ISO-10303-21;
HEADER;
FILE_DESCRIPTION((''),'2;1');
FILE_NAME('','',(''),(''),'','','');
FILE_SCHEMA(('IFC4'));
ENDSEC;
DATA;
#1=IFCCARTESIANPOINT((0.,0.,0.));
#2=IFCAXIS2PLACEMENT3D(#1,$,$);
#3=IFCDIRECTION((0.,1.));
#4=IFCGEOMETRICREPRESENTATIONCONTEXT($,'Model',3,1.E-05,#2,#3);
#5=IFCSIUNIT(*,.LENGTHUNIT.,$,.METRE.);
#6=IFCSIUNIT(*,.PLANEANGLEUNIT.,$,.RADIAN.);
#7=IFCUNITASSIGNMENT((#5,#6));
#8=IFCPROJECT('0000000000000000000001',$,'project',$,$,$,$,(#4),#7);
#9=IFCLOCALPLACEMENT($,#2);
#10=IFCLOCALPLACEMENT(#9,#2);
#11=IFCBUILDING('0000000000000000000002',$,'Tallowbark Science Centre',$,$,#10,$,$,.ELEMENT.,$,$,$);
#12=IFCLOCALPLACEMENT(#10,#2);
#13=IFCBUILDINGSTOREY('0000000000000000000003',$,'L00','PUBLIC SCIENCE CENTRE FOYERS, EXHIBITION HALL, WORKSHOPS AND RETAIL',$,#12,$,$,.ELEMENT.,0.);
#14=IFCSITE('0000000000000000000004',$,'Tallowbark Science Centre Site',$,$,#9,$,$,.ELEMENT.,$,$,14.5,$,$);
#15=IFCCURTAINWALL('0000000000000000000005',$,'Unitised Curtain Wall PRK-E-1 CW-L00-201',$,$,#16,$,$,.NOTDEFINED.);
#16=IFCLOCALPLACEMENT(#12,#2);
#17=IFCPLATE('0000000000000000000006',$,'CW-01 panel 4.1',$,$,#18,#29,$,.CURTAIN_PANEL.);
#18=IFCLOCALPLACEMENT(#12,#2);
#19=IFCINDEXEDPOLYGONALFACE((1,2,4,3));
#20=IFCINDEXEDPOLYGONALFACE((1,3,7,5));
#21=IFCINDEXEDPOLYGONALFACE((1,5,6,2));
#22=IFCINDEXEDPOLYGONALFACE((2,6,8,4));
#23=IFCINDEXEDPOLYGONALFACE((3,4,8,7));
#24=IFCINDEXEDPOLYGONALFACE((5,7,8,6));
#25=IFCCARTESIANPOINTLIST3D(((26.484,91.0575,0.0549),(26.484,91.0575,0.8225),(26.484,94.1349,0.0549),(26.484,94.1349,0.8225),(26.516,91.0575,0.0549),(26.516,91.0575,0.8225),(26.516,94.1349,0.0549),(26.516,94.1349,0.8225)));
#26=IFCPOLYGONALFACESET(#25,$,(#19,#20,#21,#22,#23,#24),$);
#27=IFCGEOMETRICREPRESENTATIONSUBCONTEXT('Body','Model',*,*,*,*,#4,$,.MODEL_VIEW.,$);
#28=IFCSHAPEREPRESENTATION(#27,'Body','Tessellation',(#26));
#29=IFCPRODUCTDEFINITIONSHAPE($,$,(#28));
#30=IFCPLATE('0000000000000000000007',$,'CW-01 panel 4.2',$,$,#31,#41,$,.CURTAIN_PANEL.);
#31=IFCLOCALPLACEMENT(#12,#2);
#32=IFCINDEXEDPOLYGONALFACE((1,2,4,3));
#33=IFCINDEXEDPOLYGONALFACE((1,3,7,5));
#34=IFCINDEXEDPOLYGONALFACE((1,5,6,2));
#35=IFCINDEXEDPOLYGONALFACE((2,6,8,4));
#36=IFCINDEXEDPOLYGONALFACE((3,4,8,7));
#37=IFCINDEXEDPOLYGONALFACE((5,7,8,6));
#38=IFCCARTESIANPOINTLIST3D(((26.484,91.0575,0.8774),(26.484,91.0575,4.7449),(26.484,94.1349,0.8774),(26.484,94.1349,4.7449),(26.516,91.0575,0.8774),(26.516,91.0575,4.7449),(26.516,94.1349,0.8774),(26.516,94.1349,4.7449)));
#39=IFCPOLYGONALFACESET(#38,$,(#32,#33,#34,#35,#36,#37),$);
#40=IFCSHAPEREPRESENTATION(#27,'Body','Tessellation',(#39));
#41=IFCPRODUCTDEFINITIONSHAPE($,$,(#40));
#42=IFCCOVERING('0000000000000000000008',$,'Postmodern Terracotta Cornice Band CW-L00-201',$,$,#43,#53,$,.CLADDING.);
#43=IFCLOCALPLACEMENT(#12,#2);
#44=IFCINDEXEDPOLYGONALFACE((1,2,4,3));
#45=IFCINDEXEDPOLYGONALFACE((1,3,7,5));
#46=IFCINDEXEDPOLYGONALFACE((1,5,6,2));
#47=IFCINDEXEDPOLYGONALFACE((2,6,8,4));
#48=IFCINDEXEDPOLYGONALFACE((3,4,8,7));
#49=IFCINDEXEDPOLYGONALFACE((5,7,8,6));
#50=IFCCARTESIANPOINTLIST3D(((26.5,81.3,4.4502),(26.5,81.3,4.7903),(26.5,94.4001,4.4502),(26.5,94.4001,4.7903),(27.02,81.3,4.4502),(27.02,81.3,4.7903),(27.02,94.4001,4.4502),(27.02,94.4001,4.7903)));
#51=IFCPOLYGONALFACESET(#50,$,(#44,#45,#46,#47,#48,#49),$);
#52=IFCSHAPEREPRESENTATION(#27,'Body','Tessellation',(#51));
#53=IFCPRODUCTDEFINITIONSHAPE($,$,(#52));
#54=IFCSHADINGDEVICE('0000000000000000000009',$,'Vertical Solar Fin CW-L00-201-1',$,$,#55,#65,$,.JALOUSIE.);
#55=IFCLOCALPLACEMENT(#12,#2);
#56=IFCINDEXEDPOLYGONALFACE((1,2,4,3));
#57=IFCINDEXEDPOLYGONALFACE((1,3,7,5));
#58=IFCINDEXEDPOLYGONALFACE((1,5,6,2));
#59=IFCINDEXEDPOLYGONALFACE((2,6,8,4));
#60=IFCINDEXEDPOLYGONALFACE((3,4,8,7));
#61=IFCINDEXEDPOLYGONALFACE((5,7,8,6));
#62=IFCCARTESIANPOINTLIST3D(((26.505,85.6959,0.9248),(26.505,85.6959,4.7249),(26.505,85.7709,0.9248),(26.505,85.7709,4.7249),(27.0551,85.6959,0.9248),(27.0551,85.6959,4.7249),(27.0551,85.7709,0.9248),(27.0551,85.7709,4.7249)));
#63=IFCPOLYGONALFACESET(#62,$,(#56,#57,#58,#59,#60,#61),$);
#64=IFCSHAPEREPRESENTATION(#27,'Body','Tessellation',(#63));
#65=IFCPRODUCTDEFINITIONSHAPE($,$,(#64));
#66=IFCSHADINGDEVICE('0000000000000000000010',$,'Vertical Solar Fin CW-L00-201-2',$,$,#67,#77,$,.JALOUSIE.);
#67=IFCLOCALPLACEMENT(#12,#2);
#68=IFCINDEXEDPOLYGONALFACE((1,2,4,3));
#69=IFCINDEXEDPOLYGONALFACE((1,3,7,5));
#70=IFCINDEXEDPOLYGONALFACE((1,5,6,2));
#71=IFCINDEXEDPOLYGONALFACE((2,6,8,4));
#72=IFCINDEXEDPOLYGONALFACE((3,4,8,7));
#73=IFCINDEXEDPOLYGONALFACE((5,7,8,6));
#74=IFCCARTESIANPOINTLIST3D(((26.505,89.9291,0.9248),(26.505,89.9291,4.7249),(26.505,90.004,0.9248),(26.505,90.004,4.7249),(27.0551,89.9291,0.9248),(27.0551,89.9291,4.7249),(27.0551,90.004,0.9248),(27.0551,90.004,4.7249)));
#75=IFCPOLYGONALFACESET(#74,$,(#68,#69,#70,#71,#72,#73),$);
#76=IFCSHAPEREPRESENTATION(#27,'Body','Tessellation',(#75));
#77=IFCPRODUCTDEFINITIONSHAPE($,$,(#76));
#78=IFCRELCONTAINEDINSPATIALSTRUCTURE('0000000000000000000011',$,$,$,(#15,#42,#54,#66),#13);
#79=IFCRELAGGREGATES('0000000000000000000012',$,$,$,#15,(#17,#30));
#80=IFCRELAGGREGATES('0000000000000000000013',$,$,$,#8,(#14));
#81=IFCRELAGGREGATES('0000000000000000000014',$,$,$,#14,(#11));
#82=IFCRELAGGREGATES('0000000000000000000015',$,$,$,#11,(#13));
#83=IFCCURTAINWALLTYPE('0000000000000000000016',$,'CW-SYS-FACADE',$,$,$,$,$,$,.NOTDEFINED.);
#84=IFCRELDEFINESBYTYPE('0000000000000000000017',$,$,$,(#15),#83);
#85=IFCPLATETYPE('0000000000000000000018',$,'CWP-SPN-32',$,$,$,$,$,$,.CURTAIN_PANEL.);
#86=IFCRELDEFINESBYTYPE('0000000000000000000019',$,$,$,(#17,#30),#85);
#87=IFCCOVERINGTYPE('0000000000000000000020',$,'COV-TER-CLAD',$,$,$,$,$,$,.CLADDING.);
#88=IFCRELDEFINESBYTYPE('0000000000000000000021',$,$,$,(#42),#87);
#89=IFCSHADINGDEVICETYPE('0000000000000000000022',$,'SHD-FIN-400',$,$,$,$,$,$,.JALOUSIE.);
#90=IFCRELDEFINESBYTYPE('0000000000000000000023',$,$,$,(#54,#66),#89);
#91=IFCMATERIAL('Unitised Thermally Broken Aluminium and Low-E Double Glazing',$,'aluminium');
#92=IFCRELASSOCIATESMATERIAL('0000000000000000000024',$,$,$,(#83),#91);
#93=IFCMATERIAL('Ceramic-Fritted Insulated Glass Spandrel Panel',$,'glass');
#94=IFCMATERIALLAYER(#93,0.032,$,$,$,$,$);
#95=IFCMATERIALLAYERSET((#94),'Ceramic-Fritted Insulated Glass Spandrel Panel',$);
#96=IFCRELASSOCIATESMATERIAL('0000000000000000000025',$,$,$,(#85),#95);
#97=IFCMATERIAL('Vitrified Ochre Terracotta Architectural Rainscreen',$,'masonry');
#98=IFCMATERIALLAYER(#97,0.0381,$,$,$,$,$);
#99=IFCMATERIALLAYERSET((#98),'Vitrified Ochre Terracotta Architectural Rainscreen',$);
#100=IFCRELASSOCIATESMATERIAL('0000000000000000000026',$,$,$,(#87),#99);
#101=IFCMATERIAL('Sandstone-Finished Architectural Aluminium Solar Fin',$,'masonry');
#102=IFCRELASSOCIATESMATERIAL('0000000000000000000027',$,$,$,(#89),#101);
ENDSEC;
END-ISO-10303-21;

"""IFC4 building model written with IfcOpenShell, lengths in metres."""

from ifc_helpers import new_model, si_unit, direction, frame, origin, origin_2d, place, context, subcontext, project, spatial, rectangle, extrude, material, layer, layer_set, type_object, element, aggregate, save


model = new_model("IFC4")

# Units and contexts
model_context = context("Model", 3, precision=1e-05, world=origin(), true_north=direction((0.0, 1.0)))
body_context = subcontext(model_context, "Body", "Model", "MODEL_VIEW")
ifc_project = project(units=[si_unit("LENGTHUNIT", "METRE"), si_unit("PLANEANGLEUNIT", "RADIAN")], contexts=[model_context])

# Site, building, storey
site_placement = place(None, origin())
site = spatial("IfcSite", under=ifc_project, at=site_placement, Name="Tallowbark Science Centre Site", CompositionType="ELEMENT", RefElevation=14.5)
building_placement = place(site_placement, origin())
building = spatial("IfcBuilding", under=site, at=building_placement, Name="Tallowbark Science Centre", CompositionType="ELEMENT")
storey_placement = place(building_placement, origin())
storey = spatial("IfcBuildingStorey", under=building, at=storey_placement, Name="L00", Description="PUBLIC SCIENCE CENTRE FOYERS, EXHIBITION HALL, WORKSHOPS AND RETAIL", CompositionType="ELEMENT", Elevation=0.0)

# Curtain wall, plates
ifc_material_1 = material(Name="Unitised Thermally Broken Aluminium and Low-E Double Glazing", Category="aluminium")
curtain_wall_type = type_object("IfcCurtainWallType", Name="CW-SYS-FACADE", PredefinedType="NOTDEFINED", material=ifc_material_1)
curtain_wall_placement = place(storey_placement, origin())
curtain_wall = element("IfcCurtainWall", 1, at=curtain_wall_placement, inside=storey, type_object=curtain_wall_type, Name="Unitised Curtain Wall PRK-E-1 CW-L00-201", PredefinedType="NOTDEFINED")
ifc_material_2 = material(Name="Ceramic-Fritted Insulated Glass Spandrel Panel", Category="glass")
ifc_layer_1 = layer(ifc_material_2, 0.032)
ifc_layer_set_1 = layer_set([ifc_layer_1], Name="Ceramic-Fritted Insulated Glass Spandrel Panel")
plate_type = type_object("IfcPlateType", Name="CWP-SPN-32", PredefinedType="CURTAIN_PANEL", material=ifc_layer_set_1)
plate_1_placement = place(storey_placement, frame((26.5, 92.5962, 0.0549), z_axis=(0.0, 0.0, 1.0), x_axis=(0.0, 1.0, 0.0)))
plate_1 = element("IfcPlate", 2, at=plate_1_placement, type_object=plate_type, Name="CW-01 panel 4.1", PredefinedType="CURTAIN_PANEL", context=body_context, shape_type="SweptSolid", body=[
    extrude(rectangle(XDim=3.0774, YDim=0.032, at=origin_2d()), origin(), (0.0, 0.0, 1.0), 0.7676),
])
plate_2_placement = place(storey_placement, frame((26.5, 92.5962, 0.8774), z_axis=(0.0, 0.0, 1.0), x_axis=(0.0, 1.0, 0.0)))
plate_2 = element("IfcPlate", 3, at=plate_2_placement, type_object=plate_type, Name="CW-01 panel 4.2", PredefinedType="CURTAIN_PANEL", context=body_context, shape_type="SweptSolid", body=[
    extrude(rectangle(XDim=3.0774, YDim=0.032, at=origin_2d()), origin(), (0.0, 0.0, 1.0), 3.8674),
])
aggregate(curtain_wall, [plate_1, plate_2])

# Covering
ifc_material_3 = material(Name="Vitrified Ochre Terracotta Architectural Rainscreen", Category="masonry")
ifc_layer_2 = layer(ifc_material_3, 0.0381)
ifc_layer_set_2 = layer_set([ifc_layer_2], Name="Vitrified Ochre Terracotta Architectural Rainscreen")
covering_type = type_object("IfcCoveringType", Name="COV-TER-CLAD", PredefinedType="CLADDING", material=ifc_layer_set_2)
covering_placement = place(storey_placement, frame((26.76, 87.8501, 4.4502), z_axis=(0.0, 0.0, 1.0), x_axis=(0.0, 1.0, 0.0)))
element("IfcCovering", 4, at=covering_placement, inside=storey, type_object=covering_type, Name="Postmodern Terracotta Cornice Band CW-L00-201", PredefinedType="CLADDING", context=body_context, shape_type="SweptSolid", body=[
    extrude(rectangle(XDim=13.1001, YDim=0.52, at=origin_2d()), origin(), (0.0, 0.0, 1.0), 0.3401),
])

# Shading devices
ifc_material_4 = material(Name="Sandstone-Finished Architectural Aluminium Solar Fin", Category="masonry")
shading_device_type = type_object("IfcShadingDeviceType", Name="SHD-FIN-400", PredefinedType="JALOUSIE", material=ifc_material_4)
for number, where, z_axis, x_axis, name in (
    (5, (26.78, 85.7334, 0.9248), (0.0, 0.0, 1.0), (0.0, 1.0, 0.0), "Vertical Solar Fin CW-L00-201-1"),
    (6, (26.78, 89.9666, 0.9248), (0.0, 0.0, 1.0), (0.0, 1.0, 0.0), "Vertical Solar Fin CW-L00-201-2"),
):
    element("IfcShadingDevice", number, at=place(storey_placement, frame(where, z_axis=z_axis, x_axis=x_axis)), inside=storey, type_object=shading_device_type, Name=name, PredefinedType="JALOUSIE", context=body_context, shape_type="SweptSolid", body=[
        extrude(rectangle(XDim=0.075, YDim=0.55, at=origin_2d()), origin(), (0.0, 0.0, 1.0), 3.8),
    ])

save(model, "model.ifc")
